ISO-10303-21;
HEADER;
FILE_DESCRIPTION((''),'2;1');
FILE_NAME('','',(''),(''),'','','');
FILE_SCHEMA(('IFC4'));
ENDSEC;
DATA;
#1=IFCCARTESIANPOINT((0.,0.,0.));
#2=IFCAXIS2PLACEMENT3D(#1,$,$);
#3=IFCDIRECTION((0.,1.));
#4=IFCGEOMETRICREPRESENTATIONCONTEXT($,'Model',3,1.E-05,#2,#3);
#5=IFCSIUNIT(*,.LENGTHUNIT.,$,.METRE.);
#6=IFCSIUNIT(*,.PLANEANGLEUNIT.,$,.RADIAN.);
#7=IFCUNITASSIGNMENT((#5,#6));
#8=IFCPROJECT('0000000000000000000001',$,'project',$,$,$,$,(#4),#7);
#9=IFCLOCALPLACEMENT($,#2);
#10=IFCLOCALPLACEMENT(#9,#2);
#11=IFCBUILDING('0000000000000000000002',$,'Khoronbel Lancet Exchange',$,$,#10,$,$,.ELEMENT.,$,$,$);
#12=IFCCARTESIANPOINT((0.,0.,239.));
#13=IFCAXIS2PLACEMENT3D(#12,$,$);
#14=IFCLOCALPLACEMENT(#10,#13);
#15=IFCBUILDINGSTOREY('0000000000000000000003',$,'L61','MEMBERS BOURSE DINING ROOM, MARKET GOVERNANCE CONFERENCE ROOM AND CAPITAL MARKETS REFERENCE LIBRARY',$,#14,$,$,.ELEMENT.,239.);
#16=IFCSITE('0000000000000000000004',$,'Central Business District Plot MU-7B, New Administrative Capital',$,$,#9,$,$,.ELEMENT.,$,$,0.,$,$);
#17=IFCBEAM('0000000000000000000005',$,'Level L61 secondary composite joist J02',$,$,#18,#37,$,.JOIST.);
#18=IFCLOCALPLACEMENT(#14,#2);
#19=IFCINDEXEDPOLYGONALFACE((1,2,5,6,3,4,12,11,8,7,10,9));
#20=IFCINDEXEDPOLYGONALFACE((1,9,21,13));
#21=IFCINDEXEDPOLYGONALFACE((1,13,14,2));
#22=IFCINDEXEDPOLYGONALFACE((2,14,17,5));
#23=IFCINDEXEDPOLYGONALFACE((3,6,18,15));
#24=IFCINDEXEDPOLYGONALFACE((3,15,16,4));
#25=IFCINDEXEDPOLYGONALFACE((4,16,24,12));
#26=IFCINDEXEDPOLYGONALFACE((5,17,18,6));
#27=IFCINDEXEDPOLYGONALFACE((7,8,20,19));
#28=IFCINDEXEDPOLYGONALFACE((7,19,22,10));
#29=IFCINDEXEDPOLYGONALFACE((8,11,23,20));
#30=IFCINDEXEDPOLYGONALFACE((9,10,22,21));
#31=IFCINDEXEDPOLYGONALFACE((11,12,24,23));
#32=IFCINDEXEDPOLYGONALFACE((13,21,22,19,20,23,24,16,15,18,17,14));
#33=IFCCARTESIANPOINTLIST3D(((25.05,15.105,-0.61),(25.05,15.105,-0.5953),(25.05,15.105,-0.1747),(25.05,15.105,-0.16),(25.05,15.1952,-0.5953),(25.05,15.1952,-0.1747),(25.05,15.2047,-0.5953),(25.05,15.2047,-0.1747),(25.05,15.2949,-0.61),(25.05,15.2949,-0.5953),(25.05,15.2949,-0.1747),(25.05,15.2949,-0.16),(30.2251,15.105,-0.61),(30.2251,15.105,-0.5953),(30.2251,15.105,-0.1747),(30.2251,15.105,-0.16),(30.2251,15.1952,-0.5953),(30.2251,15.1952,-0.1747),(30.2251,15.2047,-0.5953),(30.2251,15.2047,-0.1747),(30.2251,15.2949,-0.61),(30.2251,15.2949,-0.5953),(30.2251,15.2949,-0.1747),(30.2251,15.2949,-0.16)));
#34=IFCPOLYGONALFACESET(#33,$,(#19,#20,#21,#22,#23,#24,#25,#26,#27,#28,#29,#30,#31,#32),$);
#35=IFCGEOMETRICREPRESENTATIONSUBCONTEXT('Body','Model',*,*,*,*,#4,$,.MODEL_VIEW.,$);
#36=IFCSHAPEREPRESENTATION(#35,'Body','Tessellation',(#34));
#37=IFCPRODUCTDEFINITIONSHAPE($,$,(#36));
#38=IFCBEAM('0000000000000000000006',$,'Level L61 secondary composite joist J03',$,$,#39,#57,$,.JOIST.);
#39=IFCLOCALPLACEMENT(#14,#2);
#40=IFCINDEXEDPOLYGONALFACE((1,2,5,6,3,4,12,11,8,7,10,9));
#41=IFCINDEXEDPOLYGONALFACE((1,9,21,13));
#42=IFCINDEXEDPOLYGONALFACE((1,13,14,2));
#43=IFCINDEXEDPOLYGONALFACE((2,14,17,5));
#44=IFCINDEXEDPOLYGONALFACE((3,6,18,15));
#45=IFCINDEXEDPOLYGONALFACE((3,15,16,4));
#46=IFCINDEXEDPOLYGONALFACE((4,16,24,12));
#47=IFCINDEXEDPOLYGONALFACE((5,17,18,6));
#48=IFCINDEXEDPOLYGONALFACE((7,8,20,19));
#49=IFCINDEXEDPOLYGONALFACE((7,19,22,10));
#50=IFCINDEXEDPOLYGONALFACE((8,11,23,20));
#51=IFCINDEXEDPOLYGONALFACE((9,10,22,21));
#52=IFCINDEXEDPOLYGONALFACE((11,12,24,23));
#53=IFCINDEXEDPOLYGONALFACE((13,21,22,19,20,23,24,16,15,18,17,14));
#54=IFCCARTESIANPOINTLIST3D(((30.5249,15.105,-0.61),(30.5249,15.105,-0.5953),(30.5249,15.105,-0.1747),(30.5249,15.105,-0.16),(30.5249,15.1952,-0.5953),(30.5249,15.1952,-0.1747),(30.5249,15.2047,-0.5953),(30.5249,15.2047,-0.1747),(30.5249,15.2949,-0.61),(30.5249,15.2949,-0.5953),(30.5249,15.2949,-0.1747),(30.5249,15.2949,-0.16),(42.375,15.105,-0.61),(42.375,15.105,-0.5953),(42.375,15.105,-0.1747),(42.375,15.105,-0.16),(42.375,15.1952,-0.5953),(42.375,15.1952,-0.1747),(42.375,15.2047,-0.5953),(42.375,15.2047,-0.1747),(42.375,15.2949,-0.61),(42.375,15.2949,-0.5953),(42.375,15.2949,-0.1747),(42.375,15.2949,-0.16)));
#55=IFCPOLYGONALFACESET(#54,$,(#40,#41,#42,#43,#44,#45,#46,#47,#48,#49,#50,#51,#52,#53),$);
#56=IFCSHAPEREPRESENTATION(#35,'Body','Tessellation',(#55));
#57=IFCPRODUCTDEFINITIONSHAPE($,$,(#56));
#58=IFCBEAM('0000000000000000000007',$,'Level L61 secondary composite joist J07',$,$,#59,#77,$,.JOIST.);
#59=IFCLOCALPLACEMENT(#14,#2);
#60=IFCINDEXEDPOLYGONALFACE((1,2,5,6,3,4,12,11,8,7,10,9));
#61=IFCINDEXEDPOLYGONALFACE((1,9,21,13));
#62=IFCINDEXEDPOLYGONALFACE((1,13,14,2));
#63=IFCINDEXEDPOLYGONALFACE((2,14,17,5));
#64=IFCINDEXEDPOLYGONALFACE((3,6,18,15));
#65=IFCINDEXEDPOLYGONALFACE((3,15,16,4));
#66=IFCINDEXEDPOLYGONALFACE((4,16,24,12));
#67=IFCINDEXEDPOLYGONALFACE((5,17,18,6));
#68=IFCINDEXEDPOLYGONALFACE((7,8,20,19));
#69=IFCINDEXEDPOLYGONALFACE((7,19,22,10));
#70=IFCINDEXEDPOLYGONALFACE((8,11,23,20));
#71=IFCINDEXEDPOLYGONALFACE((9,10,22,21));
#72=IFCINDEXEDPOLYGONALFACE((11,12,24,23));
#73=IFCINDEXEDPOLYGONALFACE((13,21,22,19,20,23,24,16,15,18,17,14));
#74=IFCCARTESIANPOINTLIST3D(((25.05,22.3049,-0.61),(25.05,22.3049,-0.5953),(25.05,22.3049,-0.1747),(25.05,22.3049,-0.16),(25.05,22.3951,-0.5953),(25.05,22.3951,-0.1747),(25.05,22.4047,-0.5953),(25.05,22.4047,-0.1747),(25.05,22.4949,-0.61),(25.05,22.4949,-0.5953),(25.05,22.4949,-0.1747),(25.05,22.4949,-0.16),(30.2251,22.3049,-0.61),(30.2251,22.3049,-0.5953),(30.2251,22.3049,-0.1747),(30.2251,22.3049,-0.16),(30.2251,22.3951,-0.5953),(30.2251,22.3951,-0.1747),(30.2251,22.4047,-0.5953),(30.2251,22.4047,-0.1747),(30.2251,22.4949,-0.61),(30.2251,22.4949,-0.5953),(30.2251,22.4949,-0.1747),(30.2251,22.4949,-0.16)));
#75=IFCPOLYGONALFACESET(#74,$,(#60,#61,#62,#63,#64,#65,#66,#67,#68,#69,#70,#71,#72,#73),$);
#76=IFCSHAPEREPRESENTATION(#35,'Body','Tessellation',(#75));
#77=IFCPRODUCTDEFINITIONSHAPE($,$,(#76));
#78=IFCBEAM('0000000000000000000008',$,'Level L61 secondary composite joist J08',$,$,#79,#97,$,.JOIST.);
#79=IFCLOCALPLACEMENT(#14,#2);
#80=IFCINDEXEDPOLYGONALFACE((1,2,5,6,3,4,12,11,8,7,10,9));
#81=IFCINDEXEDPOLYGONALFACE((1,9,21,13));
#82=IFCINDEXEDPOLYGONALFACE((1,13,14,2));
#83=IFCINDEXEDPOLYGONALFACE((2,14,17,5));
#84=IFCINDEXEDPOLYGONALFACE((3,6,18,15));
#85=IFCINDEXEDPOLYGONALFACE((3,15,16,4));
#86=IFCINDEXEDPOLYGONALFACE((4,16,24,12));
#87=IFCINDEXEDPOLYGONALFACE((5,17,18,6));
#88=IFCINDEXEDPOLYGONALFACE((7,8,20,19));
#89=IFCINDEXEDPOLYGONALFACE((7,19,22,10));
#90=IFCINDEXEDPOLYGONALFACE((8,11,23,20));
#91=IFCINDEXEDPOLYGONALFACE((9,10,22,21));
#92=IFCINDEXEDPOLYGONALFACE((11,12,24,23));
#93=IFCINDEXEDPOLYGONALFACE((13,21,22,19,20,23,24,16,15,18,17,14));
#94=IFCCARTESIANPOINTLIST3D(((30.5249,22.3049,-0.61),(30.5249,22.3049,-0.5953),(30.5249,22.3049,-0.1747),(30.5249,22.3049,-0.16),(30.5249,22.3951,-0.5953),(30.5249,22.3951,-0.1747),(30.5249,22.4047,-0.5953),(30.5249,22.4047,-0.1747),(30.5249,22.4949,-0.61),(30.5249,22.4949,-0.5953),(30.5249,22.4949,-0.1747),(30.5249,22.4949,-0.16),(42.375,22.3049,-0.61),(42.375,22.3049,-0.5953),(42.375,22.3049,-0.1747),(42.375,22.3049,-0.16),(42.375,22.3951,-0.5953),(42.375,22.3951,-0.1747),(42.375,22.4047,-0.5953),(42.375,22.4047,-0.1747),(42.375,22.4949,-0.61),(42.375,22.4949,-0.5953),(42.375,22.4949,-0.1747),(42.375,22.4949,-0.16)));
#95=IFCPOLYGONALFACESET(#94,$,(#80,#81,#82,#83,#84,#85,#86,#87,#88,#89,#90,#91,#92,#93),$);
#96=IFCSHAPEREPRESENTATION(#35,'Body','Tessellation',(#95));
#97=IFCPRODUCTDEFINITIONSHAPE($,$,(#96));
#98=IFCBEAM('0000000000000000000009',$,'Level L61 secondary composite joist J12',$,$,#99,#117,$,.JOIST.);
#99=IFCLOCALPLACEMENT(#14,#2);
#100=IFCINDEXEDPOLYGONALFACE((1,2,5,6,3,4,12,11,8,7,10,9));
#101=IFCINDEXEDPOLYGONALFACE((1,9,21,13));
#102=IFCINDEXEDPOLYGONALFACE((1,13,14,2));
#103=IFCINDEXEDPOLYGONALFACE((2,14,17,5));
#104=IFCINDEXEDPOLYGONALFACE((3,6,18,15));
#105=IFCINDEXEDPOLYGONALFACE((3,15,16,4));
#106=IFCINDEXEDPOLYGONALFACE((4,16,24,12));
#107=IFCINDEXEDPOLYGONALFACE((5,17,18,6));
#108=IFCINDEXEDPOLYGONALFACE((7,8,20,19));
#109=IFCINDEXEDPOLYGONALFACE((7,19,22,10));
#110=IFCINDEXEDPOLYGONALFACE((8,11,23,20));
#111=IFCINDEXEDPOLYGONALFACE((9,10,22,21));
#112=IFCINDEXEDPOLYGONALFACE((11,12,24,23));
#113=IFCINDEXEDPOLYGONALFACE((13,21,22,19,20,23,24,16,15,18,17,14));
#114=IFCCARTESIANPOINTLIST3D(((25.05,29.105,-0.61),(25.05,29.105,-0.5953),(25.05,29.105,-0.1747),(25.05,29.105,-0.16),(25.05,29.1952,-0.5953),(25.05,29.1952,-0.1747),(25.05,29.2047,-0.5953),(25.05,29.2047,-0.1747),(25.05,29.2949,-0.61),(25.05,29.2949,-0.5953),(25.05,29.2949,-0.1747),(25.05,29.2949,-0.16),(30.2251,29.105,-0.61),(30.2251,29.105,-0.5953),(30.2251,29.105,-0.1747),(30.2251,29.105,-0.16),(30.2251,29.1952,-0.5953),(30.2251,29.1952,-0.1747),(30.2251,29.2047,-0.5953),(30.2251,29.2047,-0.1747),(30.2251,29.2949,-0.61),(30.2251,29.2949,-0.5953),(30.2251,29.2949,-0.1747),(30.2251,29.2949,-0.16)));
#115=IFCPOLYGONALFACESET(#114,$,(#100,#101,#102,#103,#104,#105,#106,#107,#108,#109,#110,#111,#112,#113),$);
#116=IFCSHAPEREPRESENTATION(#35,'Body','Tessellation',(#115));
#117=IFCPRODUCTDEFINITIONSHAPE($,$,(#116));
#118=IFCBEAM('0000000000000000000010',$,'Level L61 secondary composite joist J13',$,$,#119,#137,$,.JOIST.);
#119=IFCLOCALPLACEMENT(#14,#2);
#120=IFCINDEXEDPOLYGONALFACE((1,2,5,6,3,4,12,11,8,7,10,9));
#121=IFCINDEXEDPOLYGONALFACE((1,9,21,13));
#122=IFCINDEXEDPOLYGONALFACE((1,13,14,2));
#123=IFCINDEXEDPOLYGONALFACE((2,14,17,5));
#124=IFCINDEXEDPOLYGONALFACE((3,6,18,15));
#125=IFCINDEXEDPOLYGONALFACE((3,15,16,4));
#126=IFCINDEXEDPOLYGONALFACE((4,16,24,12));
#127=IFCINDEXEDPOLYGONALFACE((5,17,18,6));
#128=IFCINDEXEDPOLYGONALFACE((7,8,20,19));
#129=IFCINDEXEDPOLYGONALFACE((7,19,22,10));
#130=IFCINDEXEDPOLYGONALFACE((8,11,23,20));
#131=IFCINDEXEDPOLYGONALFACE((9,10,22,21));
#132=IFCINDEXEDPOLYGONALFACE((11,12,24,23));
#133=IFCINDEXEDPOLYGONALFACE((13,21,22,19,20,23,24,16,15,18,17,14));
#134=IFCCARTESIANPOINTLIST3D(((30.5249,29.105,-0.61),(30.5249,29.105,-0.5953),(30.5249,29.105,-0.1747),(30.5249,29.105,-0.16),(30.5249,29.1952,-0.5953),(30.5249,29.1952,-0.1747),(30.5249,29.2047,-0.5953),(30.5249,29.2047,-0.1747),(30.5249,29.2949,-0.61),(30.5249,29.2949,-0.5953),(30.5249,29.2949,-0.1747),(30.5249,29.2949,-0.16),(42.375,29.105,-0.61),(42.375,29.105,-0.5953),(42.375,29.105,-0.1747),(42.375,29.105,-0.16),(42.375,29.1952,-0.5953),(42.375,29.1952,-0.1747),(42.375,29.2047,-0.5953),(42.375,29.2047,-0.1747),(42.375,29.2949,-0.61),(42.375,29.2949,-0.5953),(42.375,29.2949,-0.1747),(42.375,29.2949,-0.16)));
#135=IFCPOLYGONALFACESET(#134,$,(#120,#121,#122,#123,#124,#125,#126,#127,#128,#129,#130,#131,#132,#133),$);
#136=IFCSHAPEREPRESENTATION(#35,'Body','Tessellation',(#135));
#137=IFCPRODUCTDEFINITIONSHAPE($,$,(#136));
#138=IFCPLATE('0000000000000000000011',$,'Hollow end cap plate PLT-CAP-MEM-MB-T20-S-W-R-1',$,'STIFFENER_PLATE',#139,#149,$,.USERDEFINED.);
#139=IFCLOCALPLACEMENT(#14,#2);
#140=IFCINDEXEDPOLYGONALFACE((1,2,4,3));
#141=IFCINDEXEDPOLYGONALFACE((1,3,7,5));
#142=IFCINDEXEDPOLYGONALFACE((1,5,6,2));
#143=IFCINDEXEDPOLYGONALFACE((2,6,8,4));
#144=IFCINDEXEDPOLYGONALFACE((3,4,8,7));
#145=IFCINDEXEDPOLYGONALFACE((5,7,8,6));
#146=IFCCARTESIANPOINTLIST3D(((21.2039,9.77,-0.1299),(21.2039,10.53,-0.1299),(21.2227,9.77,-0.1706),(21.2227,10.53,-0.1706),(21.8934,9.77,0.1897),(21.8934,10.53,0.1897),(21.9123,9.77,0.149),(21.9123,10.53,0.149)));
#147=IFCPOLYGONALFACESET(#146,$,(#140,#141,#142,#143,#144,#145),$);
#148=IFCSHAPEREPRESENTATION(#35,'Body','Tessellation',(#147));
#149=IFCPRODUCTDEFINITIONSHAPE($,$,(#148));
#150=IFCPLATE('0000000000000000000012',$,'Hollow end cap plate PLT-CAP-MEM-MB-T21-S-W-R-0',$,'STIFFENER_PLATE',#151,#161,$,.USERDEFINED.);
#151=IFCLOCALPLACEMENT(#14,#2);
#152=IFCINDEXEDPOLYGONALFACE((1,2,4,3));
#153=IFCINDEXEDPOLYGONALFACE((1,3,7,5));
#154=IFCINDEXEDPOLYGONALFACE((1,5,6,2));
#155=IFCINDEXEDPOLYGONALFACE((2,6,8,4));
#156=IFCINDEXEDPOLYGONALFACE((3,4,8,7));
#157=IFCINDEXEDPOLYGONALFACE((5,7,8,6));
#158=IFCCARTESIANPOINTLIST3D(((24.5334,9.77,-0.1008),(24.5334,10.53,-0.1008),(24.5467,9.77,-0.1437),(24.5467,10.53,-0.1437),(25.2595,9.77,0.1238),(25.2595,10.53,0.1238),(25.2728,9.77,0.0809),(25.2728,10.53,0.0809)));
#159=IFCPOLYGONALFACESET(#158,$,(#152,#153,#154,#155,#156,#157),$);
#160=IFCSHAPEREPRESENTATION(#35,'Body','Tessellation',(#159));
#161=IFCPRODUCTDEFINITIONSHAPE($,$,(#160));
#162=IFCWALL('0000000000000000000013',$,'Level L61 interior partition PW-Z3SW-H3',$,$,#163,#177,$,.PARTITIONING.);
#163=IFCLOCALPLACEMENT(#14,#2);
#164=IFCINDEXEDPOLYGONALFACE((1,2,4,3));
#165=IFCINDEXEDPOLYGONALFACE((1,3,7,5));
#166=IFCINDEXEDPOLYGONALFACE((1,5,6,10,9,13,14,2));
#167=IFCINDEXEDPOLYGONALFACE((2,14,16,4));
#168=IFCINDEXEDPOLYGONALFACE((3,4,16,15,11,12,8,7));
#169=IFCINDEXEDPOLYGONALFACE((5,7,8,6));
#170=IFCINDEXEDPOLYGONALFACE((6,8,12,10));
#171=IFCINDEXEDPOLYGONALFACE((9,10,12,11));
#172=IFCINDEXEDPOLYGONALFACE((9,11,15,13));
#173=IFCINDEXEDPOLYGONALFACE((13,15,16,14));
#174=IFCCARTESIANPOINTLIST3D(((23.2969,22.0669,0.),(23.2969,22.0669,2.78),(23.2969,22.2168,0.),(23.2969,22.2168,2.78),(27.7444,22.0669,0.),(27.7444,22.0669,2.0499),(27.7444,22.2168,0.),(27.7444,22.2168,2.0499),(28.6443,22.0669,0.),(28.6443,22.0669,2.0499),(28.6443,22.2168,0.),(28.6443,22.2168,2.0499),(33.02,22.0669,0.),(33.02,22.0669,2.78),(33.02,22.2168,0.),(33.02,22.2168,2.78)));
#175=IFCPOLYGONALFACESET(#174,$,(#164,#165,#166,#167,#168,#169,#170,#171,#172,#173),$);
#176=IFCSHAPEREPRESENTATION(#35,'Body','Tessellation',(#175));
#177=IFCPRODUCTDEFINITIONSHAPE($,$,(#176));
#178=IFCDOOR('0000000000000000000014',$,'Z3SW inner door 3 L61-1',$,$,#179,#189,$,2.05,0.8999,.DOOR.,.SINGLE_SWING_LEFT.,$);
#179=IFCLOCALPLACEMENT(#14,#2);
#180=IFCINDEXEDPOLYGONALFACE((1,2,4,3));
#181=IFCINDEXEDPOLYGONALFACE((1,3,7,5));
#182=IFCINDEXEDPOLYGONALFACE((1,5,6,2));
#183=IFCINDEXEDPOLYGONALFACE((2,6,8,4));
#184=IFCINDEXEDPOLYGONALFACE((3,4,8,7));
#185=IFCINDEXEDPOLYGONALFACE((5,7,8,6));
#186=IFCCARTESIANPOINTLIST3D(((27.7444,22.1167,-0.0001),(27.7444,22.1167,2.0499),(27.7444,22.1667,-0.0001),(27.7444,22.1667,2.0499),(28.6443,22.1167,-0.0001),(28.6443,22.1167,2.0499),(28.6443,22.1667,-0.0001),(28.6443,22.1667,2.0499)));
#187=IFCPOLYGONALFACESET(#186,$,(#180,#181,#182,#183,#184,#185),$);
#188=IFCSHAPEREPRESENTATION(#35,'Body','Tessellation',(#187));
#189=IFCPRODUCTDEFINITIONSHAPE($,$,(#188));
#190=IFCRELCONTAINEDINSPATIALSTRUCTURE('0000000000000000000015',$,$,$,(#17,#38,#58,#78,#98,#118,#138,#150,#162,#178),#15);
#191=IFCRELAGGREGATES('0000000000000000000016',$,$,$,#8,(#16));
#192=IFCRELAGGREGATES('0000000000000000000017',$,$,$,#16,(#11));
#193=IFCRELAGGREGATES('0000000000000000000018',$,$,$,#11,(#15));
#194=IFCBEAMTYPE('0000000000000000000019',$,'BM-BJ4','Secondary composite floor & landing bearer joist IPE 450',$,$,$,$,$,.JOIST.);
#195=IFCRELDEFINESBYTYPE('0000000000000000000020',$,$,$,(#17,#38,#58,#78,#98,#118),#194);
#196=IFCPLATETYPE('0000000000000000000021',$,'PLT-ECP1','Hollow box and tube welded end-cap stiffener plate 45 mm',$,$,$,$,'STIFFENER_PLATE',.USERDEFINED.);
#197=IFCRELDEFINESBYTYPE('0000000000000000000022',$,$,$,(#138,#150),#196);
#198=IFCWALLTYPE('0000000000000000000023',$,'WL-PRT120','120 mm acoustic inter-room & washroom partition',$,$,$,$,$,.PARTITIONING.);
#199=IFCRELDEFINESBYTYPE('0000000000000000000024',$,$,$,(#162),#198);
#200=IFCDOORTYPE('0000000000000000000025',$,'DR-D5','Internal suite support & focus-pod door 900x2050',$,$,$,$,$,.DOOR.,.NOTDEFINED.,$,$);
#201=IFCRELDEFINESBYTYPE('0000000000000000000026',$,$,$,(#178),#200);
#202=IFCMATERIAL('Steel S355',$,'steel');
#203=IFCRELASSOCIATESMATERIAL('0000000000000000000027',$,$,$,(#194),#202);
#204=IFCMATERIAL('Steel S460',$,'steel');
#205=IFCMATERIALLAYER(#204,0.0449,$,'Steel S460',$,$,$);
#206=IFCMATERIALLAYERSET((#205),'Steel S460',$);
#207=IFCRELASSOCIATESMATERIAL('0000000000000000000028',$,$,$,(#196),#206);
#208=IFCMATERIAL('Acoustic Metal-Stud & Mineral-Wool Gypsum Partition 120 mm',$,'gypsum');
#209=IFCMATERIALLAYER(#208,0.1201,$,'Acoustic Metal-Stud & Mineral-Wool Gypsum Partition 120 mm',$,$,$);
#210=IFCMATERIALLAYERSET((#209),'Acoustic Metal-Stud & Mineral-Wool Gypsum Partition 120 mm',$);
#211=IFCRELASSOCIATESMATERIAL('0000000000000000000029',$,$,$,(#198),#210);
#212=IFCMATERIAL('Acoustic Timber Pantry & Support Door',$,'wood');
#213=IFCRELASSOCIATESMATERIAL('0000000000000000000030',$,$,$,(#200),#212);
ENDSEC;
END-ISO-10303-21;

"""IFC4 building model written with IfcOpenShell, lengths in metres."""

from ifc_helpers import new_model, si_unit, direction, frame, frame_2d, origin, origin_2d, place, context, subcontext, project, spatial, polyline, rectangle, i_section, outline, extrude, material, layer, layer_set, material_profile, profile_set, type_object, element, fill, save


model = new_model("IFC4")

# Units and contexts
model_context = context("Model", 3, precision=1e-05, world=origin(), true_north=direction((0.0, 1.0)))
body_context = subcontext(model_context, "Body", "Model", "MODEL_VIEW")
ifc_project = project(units=[si_unit("LENGTHUNIT", "METRE"), si_unit("PLANEANGLEUNIT", "RADIAN")], contexts=[model_context])

# Site, building, storey
site_placement = place(None, origin())
site = spatial("IfcSite", under=ifc_project, at=site_placement, Name="Central Business District Plot MU-7B, New Administrative Capital", CompositionType="ELEMENT", RefElevation=0.0)
building_placement = place(site_placement, origin())
building = spatial("IfcBuilding", under=site, at=building_placement, Name="Khoronbel Lancet Exchange", CompositionType="ELEMENT")
storey_placement = place(building_placement, frame((0.0, 0.0, 239.0)))
storey = spatial("IfcBuildingStorey", under=building, at=storey_placement, Name="L61", Description="MEMBERS BOURSE DINING ROOM, MARKET GOVERNANCE CONFERENCE ROOM AND CAPITAL MARKETS REFERENCE LIBRARY", CompositionType="ELEMENT", Elevation=239.0)

# Beams
ifc_material_1 = material(Name="Steel S355", Category="steel")
ifc_material_profile = material_profile(ifc_material_1, i_section(OverallWidth=0.1899, OverallDepth=0.45, WebThickness=0.0095, FlangeThickness=0.0146, at=origin_2d()), Name="IPE 450")
ifc_profile_set = profile_set([ifc_material_profile], Name="Steel S355")
beam_type = type_object("IfcBeamType", Name="BM-BJ4", Description="Secondary composite floor & landing bearer joist IPE 450", PredefinedType="JOIST", material=ifc_profile_set)
beam_1_placement = place(storey_placement, frame((25.05, 15.2, -0.385), z_axis=(1.0, 0.0, 0.0), x_axis=(0.0, 1.0, 0.0)))
element("IfcBeam", 1, at=beam_1_placement, inside=storey, type_object=beam_type, Name="Level L61 secondary composite joist J02", PredefinedType="JOIST", context=body_context, shape_type="SweptSolid", body=[
    extrude(i_section(OverallWidth=0.1899, OverallDepth=0.45, WebThickness=0.0095, FlangeThickness=0.0146, at=origin_2d()), origin(), (0.0, 0.0, 1.0), 5.175),
])
beam_2_placement = place(storey_placement, frame((30.5249, 15.2, -0.385), z_axis=(1.0, 0.0, 0.0), x_axis=(0.0, 1.0, 0.0)))
element("IfcBeam", 2, at=beam_2_placement, inside=storey, type_object=beam_type, Name="Level L61 secondary composite joist J03", PredefinedType="JOIST", context=body_context, shape_type="SweptSolid", body=[
    extrude(i_section(OverallWidth=0.1899, OverallDepth=0.45, WebThickness=0.0095, FlangeThickness=0.0146, at=origin_2d()), origin(), (0.0, 0.0, 1.0), 11.8501),
])
beam_3_placement = place(storey_placement, frame((25.05, 22.3999, -0.385), z_axis=(1.0, 0.0, 0.0), x_axis=(0.0, 1.0, 0.0)))
element("IfcBeam", 3, at=beam_3_placement, inside=storey, type_object=beam_type, Name="Level L61 secondary composite joist J07", PredefinedType="JOIST", context=body_context, shape_type="SweptSolid", body=[
    extrude(i_section(OverallWidth=0.1899, OverallDepth=0.45, WebThickness=0.0095, FlangeThickness=0.0146, at=origin_2d()), origin(), (0.0, 0.0, 1.0), 5.175),
])
beam_4_placement = place(storey_placement, frame((30.5249, 22.3999, -0.385), z_axis=(1.0, 0.0, 0.0), x_axis=(0.0, 1.0, 0.0)))
element("IfcBeam", 4, at=beam_4_placement, inside=storey, type_object=beam_type, Name="Level L61 secondary composite joist J08", PredefinedType="JOIST", context=body_context, shape_type="SweptSolid", body=[
    extrude(i_section(OverallWidth=0.1899, OverallDepth=0.45, WebThickness=0.0095, FlangeThickness=0.0146, at=origin_2d()), origin(), (0.0, 0.0, 1.0), 11.8501),
])
beam_5_placement = place(storey_placement, frame((25.05, 29.2, -0.385), z_axis=(1.0, 0.0, 0.0), x_axis=(0.0, 1.0, 0.0)))
element("IfcBeam", 5, at=beam_5_placement, inside=storey, type_object=beam_type, Name="Level L61 secondary composite joist J12", PredefinedType="JOIST", context=body_context, shape_type="SweptSolid", body=[
    extrude(i_section(OverallWidth=0.1899, OverallDepth=0.45, WebThickness=0.0095, FlangeThickness=0.0146, at=origin_2d()), origin(), (0.0, 0.0, 1.0), 5.175),
])
beam_6_placement = place(storey_placement, frame((30.5249, 29.2, -0.385), z_axis=(1.0, 0.0, 0.0), x_axis=(0.0, 1.0, 0.0)))
element("IfcBeam", 6, at=beam_6_placement, inside=storey, type_object=beam_type, Name="Level L61 secondary composite joist J13", PredefinedType="JOIST", context=body_context, shape_type="SweptSolid", body=[
    extrude(i_section(OverallWidth=0.1899, OverallDepth=0.45, WebThickness=0.0095, FlangeThickness=0.0146, at=origin_2d()), origin(), (0.0, 0.0, 1.0), 11.8501),
])

# Plates
ifc_material_2 = material(Name="Steel S460", Category="steel")
ifc_layer_1 = layer(ifc_material_2, 0.0449, Name="Steel S460")
ifc_layer_set_1 = layer_set([ifc_layer_1], Name="Steel S460")
plate_type = type_object("IfcPlateType", Name="PLT-ECP1", Description="Hollow box and tube welded end-cap stiffener plate 45 mm", ElementType="STIFFENER_PLATE", PredefinedType="USERDEFINED", material=ifc_layer_set_1)
for number, where, z_axis, x_axis, name in (
    (7, (21.2039, 10.53, -0.1299), (-0.420545, 0.0, 0.907272), (0.0, -1.0, 0.0), "Hollow end cap plate PLT-CAP-MEM-MB-T20-S-W-R-1"),
    (8, (24.5334, 10.53, -0.1008), (-0.29553, 0.0, 0.955333), (0.0, -1.0, 0.0), "Hollow end cap plate PLT-CAP-MEM-MB-T21-S-W-R-0"),
):
    element("IfcPlate", number, at=place(storey_placement, frame(where, z_axis=z_axis, x_axis=x_axis)), inside=storey, type_object=plate_type, Name=name, ObjectType="STIFFENER_PLATE", PredefinedType="USERDEFINED", context=body_context, shape_type="SweptSolid", body=[
        extrude(outline(polyline([(0.0, 0.0), (0.76, 0.0), (0.76, 0.76), (0.0, 0.76), (0.0, 0.0)])), origin(), (0.0, 0.0, -1.0), 0.0449),
    ])

# Wall, opening, door
ifc_material_3 = material(Name="Acoustic Metal-Stud & Mineral-Wool Gypsum Partition 120 mm", Category="gypsum")
ifc_layer_2 = layer(ifc_material_3, 0.1201, Name="Acoustic Metal-Stud & Mineral-Wool Gypsum Partition 120 mm")
ifc_layer_set_2 = layer_set([ifc_layer_2], Name="Acoustic Metal-Stud & Mineral-Wool Gypsum Partition 120 mm")
wall_type_1 = type_object("IfcWallType", Name="WL-PRT120", Description="120 mm acoustic inter-room & washroom partition", PredefinedType="PARTITIONING", material=ifc_layer_set_2)
wall_1_placement = place(storey_placement, frame((23.2969, 22.1418, 0.0), z_axis=(0.0, 0.0, 1.0), x_axis=(1.0, 0.0, 0.0)))
wall_1 = element("IfcWall", 9, at=wall_1_placement, inside=storey, type_object=wall_type_1, Name="Level L61 interior partition PW-Z3SW-H3", PredefinedType="PARTITIONING", context=body_context, shape_type="SweptSolid", body=[
    extrude(rectangle(XDim=9.7231, YDim=0.1499, at=frame_2d((4.8616, 0.0))), origin(), (0.0, 0.0, 1.0), 2.78),
])
opening_1_placement = place(wall_1_placement, frame((4.4475, 0.0, 0.0)))
opening_1 = element("IfcOpeningElement", 10, at=opening_1_placement, cuts=wall_1, PredefinedType="OPENING", context=body_context, shape_type="SweptSolid", body=[
    extrude(rectangle(XDim=0.8999, YDim=2.05, at=frame_2d((0.45, 1.0249))), frame((0.0, 0.085, 0.0), z_axis=(0.0, -1.0, 0.0), x_axis=(1.0, 0.0, 0.0)), (0.0, 0.0, 1.0), 0.1699),
])
ifc_material_4 = material(Name="Acoustic Timber Pantry & Support Door", Category="wood")
door_type_1 = type_object("IfcDoorType", Name="DR-D5", Description="Internal suite support & focus-pod door 900x2050", OperationType="NOTDEFINED", PredefinedType="DOOR", material=ifc_material_4)
door_1_placement = place(opening_1_placement, origin())
door_1 = element("IfcDoor", 11, at=door_1_placement, inside=storey, type_object=door_type_1, Name="Z3SW inner door 3 L61-1", OperationType="SINGLE_SWING_LEFT", OverallHeight=2.05, OverallWidth=0.8999, PredefinedType="DOOR", context=body_context, shape_type="SweptSolid", body=[
    extrude(rectangle(XDim=0.8999, YDim=2.05, at=frame_2d((0.45, 1.0249))), frame((0.0, 0.0249, 0.0), z_axis=(0.0, -1.0, 0.0), x_axis=(1.0, 0.0, 0.0)), (0.0, 0.0, 1.0), 0.05),
])
fill(opening_1, door_1)

save(model, "model.ifc")
